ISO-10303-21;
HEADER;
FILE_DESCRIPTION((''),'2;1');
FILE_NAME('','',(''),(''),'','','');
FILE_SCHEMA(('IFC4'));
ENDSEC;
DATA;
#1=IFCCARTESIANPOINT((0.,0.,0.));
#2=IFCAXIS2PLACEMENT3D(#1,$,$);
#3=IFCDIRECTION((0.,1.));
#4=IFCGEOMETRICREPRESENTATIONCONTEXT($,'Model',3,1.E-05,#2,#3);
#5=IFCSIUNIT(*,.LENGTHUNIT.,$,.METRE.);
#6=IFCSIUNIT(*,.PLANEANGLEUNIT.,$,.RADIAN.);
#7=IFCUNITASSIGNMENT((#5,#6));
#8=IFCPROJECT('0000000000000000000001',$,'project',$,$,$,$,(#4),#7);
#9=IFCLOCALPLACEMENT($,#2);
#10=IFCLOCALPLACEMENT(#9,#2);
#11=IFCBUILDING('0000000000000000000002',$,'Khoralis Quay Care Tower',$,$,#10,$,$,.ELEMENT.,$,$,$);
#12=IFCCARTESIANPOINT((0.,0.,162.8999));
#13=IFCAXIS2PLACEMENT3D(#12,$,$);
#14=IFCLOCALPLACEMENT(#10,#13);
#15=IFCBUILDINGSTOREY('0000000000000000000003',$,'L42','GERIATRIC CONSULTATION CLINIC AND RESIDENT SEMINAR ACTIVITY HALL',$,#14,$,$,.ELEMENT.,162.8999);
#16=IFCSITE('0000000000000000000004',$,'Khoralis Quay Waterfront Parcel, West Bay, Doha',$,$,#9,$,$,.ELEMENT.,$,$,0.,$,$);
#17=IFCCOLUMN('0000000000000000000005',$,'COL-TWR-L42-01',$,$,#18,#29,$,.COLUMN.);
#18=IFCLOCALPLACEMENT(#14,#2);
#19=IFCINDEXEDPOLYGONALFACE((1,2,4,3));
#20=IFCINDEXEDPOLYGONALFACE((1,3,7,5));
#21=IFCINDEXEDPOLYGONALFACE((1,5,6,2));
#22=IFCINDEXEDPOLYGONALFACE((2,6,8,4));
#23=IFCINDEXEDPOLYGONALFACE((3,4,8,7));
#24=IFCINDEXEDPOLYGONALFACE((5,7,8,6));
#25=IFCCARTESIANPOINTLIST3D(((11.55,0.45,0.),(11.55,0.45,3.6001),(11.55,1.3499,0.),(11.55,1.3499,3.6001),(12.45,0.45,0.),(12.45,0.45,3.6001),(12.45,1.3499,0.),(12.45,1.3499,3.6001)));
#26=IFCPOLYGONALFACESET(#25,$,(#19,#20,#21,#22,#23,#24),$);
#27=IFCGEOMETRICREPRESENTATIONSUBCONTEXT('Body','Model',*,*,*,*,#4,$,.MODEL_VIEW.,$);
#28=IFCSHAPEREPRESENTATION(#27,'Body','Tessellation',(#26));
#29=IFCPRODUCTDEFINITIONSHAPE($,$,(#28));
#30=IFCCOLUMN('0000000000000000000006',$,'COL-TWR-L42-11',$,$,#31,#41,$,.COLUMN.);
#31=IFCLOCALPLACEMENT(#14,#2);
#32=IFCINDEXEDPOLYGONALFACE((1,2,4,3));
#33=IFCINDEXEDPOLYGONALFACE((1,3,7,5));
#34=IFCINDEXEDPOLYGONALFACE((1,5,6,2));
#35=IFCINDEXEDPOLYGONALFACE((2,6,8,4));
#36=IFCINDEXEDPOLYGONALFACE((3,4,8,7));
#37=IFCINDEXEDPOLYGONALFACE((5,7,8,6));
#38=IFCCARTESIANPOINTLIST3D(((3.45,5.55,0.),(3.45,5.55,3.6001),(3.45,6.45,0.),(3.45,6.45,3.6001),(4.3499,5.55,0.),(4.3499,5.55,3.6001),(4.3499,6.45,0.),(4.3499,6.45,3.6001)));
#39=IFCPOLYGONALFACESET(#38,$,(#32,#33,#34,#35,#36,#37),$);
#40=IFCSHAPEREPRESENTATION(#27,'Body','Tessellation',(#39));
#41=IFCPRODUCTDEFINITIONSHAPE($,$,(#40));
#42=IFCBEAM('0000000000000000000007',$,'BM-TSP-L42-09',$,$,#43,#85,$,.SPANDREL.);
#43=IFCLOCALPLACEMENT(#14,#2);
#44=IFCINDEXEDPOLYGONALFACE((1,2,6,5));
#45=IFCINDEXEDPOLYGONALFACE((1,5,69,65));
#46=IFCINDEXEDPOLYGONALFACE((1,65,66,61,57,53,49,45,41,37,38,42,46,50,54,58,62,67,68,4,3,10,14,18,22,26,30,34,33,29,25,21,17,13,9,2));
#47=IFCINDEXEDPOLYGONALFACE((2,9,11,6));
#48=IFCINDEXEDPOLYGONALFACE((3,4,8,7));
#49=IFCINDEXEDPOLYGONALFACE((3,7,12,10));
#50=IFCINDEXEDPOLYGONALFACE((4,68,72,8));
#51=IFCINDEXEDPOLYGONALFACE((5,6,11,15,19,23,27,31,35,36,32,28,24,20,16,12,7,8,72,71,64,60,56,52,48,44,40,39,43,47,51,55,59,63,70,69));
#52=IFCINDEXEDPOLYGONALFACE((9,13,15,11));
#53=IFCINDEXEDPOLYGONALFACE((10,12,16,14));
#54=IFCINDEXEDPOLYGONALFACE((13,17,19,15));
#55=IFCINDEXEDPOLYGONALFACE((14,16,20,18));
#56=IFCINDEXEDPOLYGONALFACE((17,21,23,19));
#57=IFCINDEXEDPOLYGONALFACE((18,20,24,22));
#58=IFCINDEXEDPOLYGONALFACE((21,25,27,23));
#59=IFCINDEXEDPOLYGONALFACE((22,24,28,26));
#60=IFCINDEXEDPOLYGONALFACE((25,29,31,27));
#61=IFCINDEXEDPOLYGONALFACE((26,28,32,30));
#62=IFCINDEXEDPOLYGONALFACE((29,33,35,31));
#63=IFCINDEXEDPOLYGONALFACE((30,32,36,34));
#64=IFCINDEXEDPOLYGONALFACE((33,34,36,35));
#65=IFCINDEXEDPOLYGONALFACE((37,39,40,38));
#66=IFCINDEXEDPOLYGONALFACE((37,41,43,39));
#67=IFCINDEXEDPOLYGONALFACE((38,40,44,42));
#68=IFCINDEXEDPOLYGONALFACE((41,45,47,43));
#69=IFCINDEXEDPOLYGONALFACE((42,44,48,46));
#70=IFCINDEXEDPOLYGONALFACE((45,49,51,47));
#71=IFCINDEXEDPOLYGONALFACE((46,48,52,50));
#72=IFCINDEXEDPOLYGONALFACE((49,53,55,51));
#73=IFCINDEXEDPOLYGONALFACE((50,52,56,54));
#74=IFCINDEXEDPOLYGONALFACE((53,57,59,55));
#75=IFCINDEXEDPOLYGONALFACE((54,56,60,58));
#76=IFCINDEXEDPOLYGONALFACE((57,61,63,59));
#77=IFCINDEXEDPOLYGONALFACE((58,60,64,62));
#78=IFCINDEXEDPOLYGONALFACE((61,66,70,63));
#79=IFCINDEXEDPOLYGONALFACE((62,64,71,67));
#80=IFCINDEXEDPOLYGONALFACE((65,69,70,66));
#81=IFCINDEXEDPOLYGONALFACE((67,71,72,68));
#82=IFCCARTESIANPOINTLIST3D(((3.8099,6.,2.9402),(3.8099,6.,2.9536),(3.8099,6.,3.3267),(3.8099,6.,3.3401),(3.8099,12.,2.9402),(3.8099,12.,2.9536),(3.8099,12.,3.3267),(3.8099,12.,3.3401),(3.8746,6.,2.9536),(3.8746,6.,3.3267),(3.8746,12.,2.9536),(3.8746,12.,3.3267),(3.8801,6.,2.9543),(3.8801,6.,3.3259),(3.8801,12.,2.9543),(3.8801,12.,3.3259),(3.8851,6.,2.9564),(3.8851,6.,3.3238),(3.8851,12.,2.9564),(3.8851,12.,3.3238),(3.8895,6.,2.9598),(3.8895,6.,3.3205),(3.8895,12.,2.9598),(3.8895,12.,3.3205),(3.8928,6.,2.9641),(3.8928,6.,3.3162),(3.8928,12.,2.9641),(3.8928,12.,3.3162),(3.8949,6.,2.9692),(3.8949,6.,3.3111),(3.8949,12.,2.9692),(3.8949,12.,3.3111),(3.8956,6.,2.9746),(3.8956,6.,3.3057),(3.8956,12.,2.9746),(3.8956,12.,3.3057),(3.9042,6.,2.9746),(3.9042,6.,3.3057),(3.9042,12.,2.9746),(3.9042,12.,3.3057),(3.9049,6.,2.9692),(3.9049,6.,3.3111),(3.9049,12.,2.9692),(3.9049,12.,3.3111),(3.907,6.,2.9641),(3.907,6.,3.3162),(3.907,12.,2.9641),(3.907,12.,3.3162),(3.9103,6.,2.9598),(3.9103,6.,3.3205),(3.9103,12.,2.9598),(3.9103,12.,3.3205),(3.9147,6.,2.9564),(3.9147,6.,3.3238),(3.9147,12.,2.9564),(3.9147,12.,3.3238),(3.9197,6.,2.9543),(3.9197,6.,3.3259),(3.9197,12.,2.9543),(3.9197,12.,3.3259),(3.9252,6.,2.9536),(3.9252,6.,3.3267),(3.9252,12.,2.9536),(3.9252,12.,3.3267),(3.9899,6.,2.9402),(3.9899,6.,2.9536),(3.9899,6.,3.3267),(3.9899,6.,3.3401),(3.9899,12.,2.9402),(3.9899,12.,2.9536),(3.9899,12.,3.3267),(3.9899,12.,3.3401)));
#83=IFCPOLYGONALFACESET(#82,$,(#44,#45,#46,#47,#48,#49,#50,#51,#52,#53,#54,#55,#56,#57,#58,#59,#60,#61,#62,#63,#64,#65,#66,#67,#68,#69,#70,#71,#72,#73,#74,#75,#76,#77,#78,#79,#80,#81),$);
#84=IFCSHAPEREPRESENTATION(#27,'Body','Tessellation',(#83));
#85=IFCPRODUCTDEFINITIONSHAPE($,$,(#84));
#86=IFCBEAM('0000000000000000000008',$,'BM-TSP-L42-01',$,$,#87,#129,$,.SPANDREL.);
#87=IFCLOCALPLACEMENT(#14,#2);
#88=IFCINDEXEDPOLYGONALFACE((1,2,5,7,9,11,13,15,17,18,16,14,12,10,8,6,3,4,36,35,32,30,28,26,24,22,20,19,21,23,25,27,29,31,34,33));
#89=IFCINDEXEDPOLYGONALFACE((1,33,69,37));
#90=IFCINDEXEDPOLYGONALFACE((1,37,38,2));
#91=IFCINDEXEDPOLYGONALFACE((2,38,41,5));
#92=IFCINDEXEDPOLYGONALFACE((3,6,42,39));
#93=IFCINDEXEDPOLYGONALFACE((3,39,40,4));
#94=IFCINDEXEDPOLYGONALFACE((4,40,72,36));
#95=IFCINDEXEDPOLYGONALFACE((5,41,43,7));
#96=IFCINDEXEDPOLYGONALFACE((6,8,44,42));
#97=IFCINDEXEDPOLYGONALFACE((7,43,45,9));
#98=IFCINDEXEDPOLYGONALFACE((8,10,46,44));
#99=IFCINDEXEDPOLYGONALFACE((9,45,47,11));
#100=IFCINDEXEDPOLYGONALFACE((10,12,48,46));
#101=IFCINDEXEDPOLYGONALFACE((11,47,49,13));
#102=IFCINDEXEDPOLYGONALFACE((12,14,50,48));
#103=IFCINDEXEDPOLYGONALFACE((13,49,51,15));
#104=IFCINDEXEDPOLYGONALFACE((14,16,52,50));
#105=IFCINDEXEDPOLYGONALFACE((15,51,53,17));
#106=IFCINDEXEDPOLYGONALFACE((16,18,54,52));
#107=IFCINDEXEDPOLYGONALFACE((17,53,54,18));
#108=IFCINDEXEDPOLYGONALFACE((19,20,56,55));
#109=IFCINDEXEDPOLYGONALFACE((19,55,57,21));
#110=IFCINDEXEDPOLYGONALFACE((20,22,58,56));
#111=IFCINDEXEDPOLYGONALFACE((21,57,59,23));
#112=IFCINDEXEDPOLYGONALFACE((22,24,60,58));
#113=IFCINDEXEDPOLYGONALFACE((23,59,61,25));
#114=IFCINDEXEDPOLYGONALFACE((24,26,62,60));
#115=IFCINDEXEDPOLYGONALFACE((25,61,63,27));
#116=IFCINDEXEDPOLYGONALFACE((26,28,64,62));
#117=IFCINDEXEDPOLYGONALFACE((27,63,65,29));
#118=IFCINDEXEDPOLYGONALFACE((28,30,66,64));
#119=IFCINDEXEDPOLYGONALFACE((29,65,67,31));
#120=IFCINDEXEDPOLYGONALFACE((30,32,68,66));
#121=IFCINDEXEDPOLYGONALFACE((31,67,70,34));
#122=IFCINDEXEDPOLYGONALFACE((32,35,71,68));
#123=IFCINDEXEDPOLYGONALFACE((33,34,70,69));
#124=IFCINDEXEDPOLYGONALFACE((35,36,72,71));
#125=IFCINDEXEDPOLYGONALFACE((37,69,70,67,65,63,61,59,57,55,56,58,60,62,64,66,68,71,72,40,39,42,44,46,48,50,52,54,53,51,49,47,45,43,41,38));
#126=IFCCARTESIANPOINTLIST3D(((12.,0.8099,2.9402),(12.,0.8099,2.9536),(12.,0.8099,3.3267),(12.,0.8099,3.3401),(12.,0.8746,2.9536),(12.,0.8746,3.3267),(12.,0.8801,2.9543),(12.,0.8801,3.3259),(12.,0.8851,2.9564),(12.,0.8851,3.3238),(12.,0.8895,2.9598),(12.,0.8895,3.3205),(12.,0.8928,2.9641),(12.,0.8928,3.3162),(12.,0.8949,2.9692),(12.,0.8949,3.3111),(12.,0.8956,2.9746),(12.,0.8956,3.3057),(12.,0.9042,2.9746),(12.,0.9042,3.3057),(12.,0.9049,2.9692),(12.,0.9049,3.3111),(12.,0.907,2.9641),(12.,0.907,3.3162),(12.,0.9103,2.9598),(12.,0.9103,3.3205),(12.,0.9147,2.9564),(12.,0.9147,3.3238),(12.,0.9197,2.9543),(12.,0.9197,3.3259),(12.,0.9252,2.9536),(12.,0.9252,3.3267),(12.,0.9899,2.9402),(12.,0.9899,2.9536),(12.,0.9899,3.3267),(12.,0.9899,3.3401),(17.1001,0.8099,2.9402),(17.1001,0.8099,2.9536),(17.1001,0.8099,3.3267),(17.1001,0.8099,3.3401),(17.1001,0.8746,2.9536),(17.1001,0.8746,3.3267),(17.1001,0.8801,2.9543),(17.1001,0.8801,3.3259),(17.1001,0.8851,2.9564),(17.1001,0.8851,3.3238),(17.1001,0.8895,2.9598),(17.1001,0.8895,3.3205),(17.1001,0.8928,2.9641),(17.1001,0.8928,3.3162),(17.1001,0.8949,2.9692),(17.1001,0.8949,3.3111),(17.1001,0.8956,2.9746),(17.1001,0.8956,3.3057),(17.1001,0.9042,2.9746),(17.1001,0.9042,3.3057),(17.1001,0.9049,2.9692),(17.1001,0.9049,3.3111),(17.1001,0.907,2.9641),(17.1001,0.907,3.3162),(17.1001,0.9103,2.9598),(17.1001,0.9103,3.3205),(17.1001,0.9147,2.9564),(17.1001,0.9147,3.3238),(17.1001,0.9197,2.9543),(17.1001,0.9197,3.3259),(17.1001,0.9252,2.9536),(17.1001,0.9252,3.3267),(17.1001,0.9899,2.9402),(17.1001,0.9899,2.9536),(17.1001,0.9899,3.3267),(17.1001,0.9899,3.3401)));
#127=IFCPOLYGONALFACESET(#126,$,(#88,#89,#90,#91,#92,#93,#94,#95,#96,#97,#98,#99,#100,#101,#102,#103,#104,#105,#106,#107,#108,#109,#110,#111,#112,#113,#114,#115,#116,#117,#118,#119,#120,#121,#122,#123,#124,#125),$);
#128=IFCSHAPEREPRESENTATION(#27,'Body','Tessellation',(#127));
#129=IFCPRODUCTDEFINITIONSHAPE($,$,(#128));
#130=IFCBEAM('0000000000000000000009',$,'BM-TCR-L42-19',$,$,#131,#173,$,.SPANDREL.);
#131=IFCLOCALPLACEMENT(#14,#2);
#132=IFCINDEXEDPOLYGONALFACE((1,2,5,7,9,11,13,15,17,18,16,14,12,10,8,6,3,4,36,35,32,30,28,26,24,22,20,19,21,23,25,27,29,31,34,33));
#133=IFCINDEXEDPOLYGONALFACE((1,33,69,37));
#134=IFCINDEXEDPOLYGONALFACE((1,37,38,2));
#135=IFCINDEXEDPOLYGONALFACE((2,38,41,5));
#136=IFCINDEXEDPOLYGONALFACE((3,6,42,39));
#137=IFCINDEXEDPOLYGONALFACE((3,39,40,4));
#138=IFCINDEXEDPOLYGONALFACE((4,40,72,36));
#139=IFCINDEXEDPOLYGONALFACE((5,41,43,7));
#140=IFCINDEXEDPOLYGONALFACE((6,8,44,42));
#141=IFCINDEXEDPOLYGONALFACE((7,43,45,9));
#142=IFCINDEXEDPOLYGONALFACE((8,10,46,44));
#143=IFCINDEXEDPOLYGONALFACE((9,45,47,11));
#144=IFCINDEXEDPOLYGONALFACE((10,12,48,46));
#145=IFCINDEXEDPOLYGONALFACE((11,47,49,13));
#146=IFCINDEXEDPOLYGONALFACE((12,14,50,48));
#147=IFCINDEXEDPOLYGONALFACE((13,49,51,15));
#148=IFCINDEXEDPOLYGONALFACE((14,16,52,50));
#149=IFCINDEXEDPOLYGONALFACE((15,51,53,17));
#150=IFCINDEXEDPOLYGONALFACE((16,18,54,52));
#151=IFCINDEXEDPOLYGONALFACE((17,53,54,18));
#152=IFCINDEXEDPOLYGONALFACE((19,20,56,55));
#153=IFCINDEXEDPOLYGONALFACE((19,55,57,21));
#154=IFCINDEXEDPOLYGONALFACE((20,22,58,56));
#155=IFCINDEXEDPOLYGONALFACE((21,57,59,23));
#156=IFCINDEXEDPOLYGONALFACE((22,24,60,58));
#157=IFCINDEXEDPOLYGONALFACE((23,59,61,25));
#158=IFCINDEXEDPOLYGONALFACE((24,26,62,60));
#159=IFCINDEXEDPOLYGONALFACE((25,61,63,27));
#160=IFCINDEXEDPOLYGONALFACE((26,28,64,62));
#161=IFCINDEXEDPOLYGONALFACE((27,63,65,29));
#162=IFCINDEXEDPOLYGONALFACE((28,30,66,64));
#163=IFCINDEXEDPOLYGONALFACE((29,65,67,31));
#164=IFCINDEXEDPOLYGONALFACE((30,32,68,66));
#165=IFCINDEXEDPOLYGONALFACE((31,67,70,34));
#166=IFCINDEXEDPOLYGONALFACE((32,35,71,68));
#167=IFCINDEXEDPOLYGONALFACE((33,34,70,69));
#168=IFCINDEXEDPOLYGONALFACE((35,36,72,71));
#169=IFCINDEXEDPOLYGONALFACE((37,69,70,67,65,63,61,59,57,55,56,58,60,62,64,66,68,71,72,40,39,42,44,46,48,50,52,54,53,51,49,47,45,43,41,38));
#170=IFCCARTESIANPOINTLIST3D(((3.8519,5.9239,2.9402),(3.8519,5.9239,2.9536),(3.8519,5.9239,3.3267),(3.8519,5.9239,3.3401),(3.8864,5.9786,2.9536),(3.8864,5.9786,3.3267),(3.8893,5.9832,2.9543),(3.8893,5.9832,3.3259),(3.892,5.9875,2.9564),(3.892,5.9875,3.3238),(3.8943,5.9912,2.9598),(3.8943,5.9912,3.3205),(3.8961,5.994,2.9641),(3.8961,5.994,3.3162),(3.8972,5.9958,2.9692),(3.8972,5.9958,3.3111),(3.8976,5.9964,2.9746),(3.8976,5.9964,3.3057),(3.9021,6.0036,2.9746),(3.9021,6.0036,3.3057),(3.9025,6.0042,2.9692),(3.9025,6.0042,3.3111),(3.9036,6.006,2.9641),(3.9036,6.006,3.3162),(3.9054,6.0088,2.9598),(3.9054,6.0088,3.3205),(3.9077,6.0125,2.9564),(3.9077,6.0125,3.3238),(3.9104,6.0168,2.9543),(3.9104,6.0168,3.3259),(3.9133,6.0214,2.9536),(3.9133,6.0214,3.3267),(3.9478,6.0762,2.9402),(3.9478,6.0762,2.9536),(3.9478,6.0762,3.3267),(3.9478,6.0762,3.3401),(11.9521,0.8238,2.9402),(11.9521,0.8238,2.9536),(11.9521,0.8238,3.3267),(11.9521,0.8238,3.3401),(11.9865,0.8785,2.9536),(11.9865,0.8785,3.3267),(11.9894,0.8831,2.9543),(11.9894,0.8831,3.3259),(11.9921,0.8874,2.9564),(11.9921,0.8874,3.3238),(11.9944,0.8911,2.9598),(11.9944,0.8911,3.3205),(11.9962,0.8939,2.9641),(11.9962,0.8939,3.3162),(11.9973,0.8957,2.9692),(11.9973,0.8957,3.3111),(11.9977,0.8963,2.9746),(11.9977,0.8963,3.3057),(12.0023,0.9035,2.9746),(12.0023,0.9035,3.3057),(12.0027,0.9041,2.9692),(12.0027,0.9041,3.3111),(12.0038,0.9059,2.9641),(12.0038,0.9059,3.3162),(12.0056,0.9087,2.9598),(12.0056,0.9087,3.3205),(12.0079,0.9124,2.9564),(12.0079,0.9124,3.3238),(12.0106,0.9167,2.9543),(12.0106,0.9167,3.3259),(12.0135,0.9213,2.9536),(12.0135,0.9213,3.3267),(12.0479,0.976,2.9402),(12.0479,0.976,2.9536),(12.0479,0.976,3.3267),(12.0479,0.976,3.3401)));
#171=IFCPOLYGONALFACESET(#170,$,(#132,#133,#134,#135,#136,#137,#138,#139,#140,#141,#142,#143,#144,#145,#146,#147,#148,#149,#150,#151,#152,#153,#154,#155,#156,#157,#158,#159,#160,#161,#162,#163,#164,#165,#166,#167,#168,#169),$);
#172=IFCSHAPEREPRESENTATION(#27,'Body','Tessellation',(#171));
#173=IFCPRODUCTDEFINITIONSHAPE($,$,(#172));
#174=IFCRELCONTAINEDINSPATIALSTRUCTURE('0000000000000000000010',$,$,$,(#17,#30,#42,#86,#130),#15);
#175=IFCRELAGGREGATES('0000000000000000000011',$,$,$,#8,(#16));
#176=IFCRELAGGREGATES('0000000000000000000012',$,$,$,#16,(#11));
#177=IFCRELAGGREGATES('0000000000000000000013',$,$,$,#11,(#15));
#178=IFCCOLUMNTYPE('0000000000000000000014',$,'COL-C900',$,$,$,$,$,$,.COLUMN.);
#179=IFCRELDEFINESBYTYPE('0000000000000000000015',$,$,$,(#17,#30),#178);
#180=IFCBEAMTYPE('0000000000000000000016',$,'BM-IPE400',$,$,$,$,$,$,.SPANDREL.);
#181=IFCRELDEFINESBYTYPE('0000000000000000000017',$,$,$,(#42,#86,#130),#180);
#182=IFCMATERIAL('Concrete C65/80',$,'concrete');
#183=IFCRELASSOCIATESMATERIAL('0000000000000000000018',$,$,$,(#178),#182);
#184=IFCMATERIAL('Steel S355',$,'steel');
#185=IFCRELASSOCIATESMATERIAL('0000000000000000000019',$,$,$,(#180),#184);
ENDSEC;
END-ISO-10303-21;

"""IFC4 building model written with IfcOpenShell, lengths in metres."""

from ifc_helpers import new_model, si_unit, direction, frame, origin, origin_2d, place, context, subcontext, project, spatial, rectangle, i_section, extrude, source, transform, mapped, material, material_profile, profile_set, type_object, element, save


model = new_model("IFC4")

# Units and contexts
model_context = context("Model", 3, precision=1e-05, world=origin(), true_north=direction((0.0, 1.0)))
body_context = subcontext(model_context, "Body", "Model", "MODEL_VIEW")
ifc_project = project(units=[si_unit("LENGTHUNIT", "METRE"), si_unit("PLANEANGLEUNIT", "RADIAN")], contexts=[model_context])

# Site, building, storey
site_placement = place(None, origin())
site = spatial("IfcSite", under=ifc_project, at=site_placement, Name="Khoralis Quay Waterfront Parcel, West Bay, Doha", CompositionType="ELEMENT", RefElevation=0.0)
building_placement = place(site_placement, origin())
building = spatial("IfcBuilding", under=site, at=building_placement, Name="Khoralis Quay Care Tower", CompositionType="ELEMENT")
storey_placement = place(building_placement, frame((0.0, 0.0, 162.8999)))
storey = spatial("IfcBuildingStorey", under=building, at=storey_placement, Name="L42", Description="GERIATRIC CONSULTATION CLINIC AND RESIDENT SEMINAR ACTIVITY HALL", CompositionType="ELEMENT", Elevation=162.8999)

# Columns
ifc_material_1 = material(Name="Concrete C65/80", Category="concrete")
ifc_material_profile_1 = material_profile(ifc_material_1, rectangle(XDim=0.8999, YDim=0.8999, at=origin_2d()), Name="Concrete C65/80")
ifc_profile_set_1 = profile_set([ifc_material_profile_1], Name="Concrete C65/80")
column_type = type_object("IfcColumnType", Name="COL-C900", PredefinedType="COLUMN", material=ifc_profile_set_1)
shared_shape_1 = source(origin(), body_context, "Body", "SweptSolid", [
    extrude(rectangle(XDim=0.8999, YDim=0.8999, at=origin_2d()), origin(), (0.0, 0.0, 1.0), 3.6001),
])
for number, where, z_axis, x_axis, name in (
    (1, (12.0, 0.8999, 0.0), (0.0, 0.0, 1.0), (1.0, 0.0, 0.0), "COL-TWR-L42-01"),
    (2, (3.8999, 6.0, 0.0), (0.0, 0.0, 1.0), (1.0, 0.0, 0.0), "COL-TWR-L42-11"),
):
    element("IfcColumn", number, at=place(storey_placement, frame(where, z_axis=z_axis, x_axis=x_axis)), inside=storey, type_object=column_type, Name=name, PredefinedType="COLUMN", context=body_context, shape_type="MappedRepresentation", body=[
        mapped(shared_shape_1, transform((0.0, 0.0, 0.0), scale=1.0)),
    ])

# Beams
ifc_material_2 = material(Name="Steel S355", Category="steel")
ifc_material_profile_2 = material_profile(ifc_material_2, i_section(OverallWidth=0.1799, OverallDepth=0.3999, WebThickness=0.0085, FlangeThickness=0.0134, FilletRadius=0.021, at=origin_2d()), Name="Steel S355")
ifc_profile_set_2 = profile_set([ifc_material_profile_2], Name="Steel S355")
beam_type_1 = type_object("IfcBeamType", Name="BM-IPE400", PredefinedType="SPANDREL", material=ifc_profile_set_2)
shared_shape_2 = source(origin(), body_context, "Body", "SweptSolid", [
    extrude(i_section(OverallWidth=0.1799, OverallDepth=0.3999, WebThickness=0.0085, FlangeThickness=0.0134, FilletRadius=0.021, at=origin_2d()), origin(), (0.0, 0.0, 1.0), 6.0),
])
beam_1_placement = place(storey_placement, frame((3.8999, 6.0, 3.1401), z_axis=(0.0, 1.0, 0.0), x_axis=(-1.0, 0.0, 0.0)))
element("IfcBeam", 3, at=beam_1_placement, inside=storey, type_object=beam_type_1, Name="BM-TSP-L42-09", PredefinedType="SPANDREL", context=body_context, shape_type="MappedRepresentation", body=[
    mapped(shared_shape_2, transform((0.0, 0.0, 0.0), scale=1.0)),
])
shared_shape_3 = source(origin(), body_context, "Body", "SweptSolid", [
    extrude(i_section(OverallWidth=0.1799, OverallDepth=0.3999, WebThickness=0.0085, FlangeThickness=0.0134, FilletRadius=0.021, at=origin_2d()), origin(), (0.0, 0.0, 1.0), 5.1001),
])
beam_2_placement = place(storey_placement, frame((12.0, 0.8999, 3.1401), z_axis=(1.0, 0.0, 0.0), x_axis=(0.0, 1.0, 0.0)))
element("IfcBeam", 4, at=beam_2_placement, inside=storey, type_object=beam_type_1, Name="BM-TSP-L42-01", PredefinedType="SPANDREL", context=body_context, shape_type="MappedRepresentation", body=[
    mapped(shared_shape_3, transform((0.0, 0.0, 0.0), scale=1.0)),
])
shared_shape_4 = source(origin(), body_context, "Body", "SweptSolid", [
    extrude(i_section(OverallWidth=0.1799, OverallDepth=0.3999, WebThickness=0.0085, FlangeThickness=0.0134, FilletRadius=0.021, at=origin_2d()), origin(), (0.0, 0.0, 1.0), 9.572),
])
beam_3_placement = place(storey_placement, frame((12.0, 0.8999, 3.1401), z_axis=(-0.846231, 0.532816, 0.0), x_axis=(-0.532816, -0.846231, 0.0)))
element("IfcBeam", 5, at=beam_3_placement, inside=storey, type_object=beam_type_1, Name="BM-TCR-L42-19", PredefinedType="SPANDREL", context=body_context, shape_type="MappedRepresentation", body=[
    mapped(shared_shape_4, transform((0.0, 0.0, 0.0), scale=1.0)),
])

save(model, "model.ifc")
